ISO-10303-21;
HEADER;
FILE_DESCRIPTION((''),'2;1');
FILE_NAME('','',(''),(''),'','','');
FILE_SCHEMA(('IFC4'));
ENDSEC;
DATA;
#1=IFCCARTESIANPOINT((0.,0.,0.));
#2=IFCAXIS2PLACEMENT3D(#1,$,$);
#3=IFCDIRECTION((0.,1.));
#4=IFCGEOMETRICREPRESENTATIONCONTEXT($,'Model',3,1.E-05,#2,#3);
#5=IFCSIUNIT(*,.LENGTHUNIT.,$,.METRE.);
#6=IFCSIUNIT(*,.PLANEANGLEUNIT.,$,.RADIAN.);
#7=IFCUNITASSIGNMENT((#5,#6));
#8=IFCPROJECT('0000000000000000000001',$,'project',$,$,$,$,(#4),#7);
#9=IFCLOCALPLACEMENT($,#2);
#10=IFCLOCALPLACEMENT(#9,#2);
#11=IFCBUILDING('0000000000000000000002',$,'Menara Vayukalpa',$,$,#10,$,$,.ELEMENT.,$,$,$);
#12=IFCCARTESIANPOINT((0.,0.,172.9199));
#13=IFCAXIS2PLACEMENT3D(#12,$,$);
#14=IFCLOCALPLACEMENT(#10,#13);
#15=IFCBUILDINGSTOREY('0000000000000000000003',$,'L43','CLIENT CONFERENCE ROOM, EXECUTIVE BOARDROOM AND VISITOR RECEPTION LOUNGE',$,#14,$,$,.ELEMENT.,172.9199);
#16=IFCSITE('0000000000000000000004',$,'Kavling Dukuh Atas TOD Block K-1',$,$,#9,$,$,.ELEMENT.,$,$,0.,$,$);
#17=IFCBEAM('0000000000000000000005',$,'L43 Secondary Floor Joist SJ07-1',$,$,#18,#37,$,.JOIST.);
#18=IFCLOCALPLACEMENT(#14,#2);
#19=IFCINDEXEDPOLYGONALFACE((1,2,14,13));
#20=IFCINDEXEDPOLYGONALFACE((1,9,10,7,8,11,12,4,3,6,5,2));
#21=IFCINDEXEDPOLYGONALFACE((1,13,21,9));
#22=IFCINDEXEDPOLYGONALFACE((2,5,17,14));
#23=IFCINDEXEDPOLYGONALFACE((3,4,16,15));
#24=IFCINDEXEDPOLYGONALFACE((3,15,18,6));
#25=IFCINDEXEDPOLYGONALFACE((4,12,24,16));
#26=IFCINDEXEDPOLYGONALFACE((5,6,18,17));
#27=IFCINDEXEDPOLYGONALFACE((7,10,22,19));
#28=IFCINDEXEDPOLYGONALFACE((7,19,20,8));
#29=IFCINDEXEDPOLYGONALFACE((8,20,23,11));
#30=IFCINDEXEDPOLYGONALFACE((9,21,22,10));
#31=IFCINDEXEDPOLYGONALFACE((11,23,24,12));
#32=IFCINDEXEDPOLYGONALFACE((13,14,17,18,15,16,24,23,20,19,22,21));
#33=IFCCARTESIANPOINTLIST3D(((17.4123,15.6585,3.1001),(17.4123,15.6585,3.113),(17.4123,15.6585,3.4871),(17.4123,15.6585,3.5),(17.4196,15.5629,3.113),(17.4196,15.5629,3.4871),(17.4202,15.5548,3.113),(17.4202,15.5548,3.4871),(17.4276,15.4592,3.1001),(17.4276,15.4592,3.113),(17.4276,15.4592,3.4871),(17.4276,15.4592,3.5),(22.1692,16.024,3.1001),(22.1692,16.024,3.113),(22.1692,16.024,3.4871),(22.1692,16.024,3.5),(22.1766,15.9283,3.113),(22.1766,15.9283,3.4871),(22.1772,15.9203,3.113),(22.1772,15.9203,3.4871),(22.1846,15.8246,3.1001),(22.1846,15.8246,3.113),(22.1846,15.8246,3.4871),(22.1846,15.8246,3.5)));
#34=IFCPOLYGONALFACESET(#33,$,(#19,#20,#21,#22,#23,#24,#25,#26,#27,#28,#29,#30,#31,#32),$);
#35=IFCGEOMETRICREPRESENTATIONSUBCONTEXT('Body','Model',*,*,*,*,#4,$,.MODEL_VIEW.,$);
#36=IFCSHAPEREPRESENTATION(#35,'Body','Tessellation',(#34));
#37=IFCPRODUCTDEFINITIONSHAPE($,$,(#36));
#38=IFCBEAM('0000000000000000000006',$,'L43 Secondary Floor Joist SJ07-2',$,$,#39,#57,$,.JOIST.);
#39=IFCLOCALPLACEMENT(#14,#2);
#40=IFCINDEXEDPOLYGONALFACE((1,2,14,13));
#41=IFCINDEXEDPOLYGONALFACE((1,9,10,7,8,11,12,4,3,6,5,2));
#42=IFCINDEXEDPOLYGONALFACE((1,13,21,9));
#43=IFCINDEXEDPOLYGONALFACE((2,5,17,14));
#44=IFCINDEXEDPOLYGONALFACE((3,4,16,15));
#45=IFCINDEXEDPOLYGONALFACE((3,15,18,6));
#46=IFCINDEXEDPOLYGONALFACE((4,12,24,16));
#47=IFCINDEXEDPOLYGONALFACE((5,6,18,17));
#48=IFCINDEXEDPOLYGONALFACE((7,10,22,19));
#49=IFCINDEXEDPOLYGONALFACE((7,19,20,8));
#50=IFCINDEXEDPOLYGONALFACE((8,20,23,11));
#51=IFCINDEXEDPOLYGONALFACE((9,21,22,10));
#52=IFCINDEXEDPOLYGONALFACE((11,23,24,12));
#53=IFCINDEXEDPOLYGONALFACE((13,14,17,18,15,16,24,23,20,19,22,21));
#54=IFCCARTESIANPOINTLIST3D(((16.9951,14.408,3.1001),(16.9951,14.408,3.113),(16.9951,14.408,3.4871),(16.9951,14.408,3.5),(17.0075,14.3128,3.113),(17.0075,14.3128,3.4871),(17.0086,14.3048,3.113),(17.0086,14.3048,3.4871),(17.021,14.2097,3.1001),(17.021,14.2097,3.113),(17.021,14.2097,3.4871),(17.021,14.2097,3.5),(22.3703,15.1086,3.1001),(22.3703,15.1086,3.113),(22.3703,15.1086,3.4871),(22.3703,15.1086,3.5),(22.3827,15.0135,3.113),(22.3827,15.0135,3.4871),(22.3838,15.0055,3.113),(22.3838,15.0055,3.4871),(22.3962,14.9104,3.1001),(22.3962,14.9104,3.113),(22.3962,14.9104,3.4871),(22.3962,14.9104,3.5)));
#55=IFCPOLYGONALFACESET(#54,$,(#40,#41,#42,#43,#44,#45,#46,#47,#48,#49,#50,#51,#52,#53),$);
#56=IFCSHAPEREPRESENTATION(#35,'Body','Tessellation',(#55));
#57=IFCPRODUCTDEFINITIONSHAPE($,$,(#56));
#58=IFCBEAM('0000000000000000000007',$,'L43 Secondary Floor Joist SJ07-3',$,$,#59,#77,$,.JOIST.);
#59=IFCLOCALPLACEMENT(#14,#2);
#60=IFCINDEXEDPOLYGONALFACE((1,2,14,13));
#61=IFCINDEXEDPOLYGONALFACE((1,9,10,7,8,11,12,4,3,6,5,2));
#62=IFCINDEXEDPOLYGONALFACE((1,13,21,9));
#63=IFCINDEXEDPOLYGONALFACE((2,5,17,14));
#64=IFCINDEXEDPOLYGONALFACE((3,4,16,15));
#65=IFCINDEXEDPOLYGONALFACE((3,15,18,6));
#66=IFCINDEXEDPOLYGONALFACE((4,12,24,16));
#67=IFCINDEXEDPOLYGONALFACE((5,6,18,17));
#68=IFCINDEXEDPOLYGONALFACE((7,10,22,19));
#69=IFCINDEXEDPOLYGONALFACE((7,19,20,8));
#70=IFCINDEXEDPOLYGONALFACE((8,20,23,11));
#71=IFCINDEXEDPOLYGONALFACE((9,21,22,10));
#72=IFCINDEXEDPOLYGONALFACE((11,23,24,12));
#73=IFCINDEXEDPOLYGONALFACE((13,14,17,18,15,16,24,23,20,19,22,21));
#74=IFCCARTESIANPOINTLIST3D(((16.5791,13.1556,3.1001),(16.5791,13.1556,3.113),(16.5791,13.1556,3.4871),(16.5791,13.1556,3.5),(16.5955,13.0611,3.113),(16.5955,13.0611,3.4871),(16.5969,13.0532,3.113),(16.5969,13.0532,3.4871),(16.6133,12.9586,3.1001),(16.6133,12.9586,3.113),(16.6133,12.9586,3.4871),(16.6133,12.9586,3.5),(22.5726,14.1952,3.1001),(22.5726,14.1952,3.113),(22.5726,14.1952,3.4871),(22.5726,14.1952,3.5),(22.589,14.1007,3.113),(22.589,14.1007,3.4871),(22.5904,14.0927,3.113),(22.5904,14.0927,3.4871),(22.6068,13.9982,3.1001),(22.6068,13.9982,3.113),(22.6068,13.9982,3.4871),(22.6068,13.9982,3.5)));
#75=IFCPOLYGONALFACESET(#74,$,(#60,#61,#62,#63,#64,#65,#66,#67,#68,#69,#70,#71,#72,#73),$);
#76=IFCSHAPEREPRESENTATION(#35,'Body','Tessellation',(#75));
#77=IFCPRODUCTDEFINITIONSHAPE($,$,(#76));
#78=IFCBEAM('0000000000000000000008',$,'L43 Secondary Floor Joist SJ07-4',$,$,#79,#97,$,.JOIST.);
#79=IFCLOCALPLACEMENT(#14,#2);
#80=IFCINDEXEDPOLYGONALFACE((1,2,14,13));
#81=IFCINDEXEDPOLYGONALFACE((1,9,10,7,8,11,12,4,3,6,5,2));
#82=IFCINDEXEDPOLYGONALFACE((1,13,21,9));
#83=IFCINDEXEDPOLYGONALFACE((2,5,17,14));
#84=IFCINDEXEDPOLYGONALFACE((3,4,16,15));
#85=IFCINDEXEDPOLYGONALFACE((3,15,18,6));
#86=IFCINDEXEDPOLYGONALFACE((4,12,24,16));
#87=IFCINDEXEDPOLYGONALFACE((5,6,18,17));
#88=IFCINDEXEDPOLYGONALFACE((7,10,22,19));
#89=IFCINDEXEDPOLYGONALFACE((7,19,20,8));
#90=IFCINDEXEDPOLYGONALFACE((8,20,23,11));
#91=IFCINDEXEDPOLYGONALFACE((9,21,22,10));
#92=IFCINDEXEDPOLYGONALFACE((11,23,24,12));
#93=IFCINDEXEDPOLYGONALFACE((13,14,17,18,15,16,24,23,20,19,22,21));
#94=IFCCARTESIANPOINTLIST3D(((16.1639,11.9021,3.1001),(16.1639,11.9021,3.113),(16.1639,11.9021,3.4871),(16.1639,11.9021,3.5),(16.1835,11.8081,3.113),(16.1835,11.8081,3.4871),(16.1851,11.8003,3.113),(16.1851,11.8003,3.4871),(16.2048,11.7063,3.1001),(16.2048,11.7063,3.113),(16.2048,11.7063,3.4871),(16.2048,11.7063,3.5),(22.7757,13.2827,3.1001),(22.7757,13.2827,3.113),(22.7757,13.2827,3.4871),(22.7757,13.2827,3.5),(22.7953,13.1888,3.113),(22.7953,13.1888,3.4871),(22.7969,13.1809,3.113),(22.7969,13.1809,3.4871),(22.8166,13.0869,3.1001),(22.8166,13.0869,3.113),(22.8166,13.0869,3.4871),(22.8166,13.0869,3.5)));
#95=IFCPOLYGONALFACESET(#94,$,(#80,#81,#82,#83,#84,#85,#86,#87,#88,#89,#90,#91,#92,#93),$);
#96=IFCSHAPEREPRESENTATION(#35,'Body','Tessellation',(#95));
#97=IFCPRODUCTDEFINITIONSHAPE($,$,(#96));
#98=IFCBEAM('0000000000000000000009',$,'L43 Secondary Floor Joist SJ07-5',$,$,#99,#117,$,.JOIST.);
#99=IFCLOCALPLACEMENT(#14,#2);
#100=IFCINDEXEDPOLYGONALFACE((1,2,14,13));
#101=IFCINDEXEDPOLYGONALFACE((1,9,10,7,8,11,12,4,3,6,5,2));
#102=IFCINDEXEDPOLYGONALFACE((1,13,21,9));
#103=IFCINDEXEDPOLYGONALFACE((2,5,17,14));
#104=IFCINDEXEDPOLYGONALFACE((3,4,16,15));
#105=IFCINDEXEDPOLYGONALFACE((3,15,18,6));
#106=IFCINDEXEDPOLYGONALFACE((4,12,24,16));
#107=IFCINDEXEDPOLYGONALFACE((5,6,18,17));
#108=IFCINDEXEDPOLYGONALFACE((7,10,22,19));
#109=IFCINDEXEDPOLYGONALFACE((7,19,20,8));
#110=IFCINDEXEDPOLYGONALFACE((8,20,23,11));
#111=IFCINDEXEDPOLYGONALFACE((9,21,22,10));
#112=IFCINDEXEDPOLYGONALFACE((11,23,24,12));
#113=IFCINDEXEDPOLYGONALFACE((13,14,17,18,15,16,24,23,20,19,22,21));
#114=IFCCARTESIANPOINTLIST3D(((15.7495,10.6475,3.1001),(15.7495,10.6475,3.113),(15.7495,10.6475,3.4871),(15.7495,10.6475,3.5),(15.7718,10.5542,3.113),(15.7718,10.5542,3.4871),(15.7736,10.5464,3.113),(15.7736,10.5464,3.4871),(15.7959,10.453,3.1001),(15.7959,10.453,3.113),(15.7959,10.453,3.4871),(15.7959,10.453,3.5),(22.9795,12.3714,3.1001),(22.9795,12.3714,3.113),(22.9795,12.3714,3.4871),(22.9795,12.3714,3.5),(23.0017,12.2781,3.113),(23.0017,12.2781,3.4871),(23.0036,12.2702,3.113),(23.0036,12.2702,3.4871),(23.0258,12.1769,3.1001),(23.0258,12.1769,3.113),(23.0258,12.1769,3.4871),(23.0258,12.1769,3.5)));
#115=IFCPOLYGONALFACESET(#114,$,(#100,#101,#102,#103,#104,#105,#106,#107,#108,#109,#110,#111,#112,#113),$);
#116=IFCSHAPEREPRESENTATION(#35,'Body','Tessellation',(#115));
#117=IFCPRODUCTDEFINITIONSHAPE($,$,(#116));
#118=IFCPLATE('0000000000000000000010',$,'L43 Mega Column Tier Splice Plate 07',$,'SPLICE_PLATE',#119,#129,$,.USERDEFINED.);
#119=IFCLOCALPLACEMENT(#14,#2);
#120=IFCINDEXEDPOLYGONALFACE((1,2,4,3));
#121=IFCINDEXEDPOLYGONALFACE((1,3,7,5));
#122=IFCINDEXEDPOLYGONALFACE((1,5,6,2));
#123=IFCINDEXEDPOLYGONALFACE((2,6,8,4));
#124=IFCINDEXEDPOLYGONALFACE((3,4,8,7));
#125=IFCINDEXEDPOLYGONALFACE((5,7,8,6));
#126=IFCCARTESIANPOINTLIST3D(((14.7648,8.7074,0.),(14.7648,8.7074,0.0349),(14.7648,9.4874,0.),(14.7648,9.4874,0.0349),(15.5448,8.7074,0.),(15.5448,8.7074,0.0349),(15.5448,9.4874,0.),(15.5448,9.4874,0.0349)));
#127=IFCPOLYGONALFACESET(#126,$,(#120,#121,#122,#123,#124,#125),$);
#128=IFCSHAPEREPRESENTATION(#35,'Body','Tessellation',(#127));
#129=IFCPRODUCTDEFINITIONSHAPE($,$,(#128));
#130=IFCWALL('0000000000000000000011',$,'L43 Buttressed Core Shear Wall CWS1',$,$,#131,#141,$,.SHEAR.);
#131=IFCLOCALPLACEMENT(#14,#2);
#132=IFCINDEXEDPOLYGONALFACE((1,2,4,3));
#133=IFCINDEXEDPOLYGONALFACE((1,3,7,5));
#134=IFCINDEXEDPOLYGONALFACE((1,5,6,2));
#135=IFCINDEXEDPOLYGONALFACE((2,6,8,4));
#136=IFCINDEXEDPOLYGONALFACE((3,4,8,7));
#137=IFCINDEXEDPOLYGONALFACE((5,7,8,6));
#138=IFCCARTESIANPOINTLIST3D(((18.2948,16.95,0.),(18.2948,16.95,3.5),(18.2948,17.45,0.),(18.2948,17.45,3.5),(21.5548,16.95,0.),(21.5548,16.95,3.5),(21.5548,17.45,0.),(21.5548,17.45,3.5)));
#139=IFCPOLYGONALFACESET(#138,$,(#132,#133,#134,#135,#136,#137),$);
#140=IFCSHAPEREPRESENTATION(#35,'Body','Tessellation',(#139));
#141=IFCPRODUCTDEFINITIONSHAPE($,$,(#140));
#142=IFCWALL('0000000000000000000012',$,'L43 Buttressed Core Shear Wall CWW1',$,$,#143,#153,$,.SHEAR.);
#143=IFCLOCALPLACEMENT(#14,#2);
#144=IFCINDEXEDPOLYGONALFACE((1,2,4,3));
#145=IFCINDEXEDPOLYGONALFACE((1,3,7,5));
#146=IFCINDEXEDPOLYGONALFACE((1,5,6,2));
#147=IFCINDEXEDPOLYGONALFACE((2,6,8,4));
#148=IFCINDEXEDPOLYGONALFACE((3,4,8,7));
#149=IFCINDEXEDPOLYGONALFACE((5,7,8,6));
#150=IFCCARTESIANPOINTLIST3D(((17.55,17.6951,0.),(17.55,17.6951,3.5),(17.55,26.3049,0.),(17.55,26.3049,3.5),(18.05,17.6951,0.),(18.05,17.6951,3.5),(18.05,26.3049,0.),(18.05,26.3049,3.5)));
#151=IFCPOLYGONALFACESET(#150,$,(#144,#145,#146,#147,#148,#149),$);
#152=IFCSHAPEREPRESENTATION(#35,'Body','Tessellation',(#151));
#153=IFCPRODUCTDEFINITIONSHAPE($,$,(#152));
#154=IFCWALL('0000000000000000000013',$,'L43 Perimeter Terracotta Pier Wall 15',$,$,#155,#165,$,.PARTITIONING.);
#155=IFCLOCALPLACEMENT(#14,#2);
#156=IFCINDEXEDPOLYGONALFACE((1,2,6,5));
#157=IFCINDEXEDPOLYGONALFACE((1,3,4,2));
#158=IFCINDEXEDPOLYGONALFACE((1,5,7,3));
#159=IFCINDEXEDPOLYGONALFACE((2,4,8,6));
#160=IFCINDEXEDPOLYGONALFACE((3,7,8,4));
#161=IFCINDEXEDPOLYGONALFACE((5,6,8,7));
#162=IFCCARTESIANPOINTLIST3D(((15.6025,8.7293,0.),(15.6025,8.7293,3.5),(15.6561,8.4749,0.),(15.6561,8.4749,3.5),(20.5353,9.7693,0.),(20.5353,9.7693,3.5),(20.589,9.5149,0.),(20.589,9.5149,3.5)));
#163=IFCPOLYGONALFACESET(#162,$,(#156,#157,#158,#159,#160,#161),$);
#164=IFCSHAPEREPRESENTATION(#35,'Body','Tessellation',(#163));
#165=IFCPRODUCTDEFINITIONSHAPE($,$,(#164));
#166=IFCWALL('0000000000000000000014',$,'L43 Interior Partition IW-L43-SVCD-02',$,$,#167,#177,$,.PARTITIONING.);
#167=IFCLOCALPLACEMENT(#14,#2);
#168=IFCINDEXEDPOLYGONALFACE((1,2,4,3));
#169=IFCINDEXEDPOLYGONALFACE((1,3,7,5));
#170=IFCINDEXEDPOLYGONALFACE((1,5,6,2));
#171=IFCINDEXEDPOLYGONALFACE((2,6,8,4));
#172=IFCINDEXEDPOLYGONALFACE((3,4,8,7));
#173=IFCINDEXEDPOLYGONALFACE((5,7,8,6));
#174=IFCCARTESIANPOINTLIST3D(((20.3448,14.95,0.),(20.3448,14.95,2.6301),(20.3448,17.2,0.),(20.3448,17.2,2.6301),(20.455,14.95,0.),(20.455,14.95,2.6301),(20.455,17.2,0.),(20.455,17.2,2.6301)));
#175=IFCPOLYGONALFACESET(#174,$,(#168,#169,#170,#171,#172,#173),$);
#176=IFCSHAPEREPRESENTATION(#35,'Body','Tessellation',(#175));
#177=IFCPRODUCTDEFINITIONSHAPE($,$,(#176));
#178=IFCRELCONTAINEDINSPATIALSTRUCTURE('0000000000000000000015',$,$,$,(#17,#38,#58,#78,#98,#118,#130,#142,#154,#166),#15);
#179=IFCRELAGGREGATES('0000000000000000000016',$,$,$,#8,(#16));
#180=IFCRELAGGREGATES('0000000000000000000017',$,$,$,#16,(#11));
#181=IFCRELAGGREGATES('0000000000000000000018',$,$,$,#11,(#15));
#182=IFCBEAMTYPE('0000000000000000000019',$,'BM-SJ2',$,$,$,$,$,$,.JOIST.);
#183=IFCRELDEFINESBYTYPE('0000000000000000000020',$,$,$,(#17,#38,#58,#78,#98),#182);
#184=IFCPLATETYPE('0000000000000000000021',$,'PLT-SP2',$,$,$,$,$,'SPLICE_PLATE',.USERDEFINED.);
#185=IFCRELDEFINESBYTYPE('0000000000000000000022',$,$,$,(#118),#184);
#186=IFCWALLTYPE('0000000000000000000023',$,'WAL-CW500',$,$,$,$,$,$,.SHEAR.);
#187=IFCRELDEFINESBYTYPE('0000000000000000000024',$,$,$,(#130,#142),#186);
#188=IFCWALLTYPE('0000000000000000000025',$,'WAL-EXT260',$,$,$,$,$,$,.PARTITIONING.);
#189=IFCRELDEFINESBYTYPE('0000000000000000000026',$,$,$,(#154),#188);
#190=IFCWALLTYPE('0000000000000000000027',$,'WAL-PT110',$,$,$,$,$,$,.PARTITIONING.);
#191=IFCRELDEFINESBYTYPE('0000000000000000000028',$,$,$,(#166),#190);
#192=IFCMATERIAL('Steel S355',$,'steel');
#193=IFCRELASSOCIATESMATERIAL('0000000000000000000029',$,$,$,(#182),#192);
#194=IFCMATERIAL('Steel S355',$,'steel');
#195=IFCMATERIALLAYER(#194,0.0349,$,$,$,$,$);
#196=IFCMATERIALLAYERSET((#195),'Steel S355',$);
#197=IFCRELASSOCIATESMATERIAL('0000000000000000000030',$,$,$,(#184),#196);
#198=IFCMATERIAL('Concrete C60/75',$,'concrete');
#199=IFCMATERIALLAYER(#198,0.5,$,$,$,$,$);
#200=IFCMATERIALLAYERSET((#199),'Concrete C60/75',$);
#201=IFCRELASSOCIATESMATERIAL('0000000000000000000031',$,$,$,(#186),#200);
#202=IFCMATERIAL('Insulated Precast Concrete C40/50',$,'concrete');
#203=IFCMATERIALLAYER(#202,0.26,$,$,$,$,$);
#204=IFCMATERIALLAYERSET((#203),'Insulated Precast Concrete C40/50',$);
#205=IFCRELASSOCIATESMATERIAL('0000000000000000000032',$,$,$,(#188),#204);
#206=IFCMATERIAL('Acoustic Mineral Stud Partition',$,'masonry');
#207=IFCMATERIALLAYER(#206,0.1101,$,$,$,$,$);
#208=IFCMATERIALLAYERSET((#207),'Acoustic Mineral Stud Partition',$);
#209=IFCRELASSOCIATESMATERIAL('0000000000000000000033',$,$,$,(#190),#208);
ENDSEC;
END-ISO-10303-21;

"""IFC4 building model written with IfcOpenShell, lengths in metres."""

from ifc_helpers import new_model, si_unit, direction, frame, frame_2d, origin, origin_2d, place, context, subcontext, project, spatial, rectangle, i_section, extrude, material, layer, layer_set, material_profile, profile_set, type_object, element, save


model = new_model("IFC4")

# Units and contexts
model_context = context("Model", 3, precision=1e-05, world=origin(), true_north=direction((0.0, 1.0)))
body_context = subcontext(model_context, "Body", "Model", "MODEL_VIEW")
ifc_project = project(units=[si_unit("LENGTHUNIT", "METRE"), si_unit("PLANEANGLEUNIT", "RADIAN")], contexts=[model_context])

# Site, building, storey
site_placement = place(None, origin())
site = spatial("IfcSite", under=ifc_project, at=site_placement, Name="Kavling Dukuh Atas TOD Block K-1", CompositionType="ELEMENT", RefElevation=0.0)
building_placement = place(site_placement, origin())
building = spatial("IfcBuilding", under=site, at=building_placement, Name="Menara Vayukalpa", CompositionType="ELEMENT")
storey_placement = place(building_placement, frame((0.0, 0.0, 172.9199)))
storey = spatial("IfcBuildingStorey", under=building, at=storey_placement, Name="L43", Description="CLIENT CONFERENCE ROOM, EXECUTIVE BOARDROOM AND VISITOR RECEPTION LOUNGE", CompositionType="ELEMENT", Elevation=172.9199)

# Beams
ifc_material_1 = material(Name="Steel S355", Category="steel")
ifc_material_profile_1 = material_profile(ifc_material_1, i_section(OverallWidth=0.2, OverallDepth=0.3999, WebThickness=0.0081, FlangeThickness=0.0129, at=origin_2d()), Name="WF 400x200x8x13")
ifc_profile_set_1 = profile_set([ifc_material_profile_1], Name="Steel S355")
beam_type_1 = type_object("IfcBeamType", Name="BM-SJ2", PredefinedType="JOIST", material=ifc_profile_set_1)
beam_1_placement = place(storey_placement, frame((17.4199, 15.5588, 3.3), z_axis=(0.997062, 0.076603, 0.0), x_axis=(-0.076603, 0.997062, 0.0)))
element("IfcBeam", 1, at=beam_1_placement, inside=storey, type_object=beam_type_1, Name="L43 Secondary Floor Joist SJ07-1", PredefinedType="JOIST", context=body_context, shape_type="SweptSolid", body=[
    extrude(i_section(OverallWidth=0.2, OverallDepth=0.3999, WebThickness=0.0081, FlangeThickness=0.0129, at=origin_2d()), origin(), (0.0, 0.0, 1.0), 4.771),
])
beam_2_placement = place(storey_placement, frame((17.0081, 14.3088, 3.3), z_axis=(0.991611, 0.12926, 0.0), x_axis=(-0.12926, 0.991611, 0.0)))
element("IfcBeam", 2, at=beam_2_placement, inside=storey, type_object=beam_type_1, Name="L43 Secondary Floor Joist SJ07-2", PredefinedType="JOIST", context=body_context, shape_type="SweptSolid", body=[
    extrude(i_section(OverallWidth=0.2, OverallDepth=0.3999, WebThickness=0.0081, FlangeThickness=0.0129, at=origin_2d()), origin(), (0.0, 0.0, 1.0), 5.4207),
])
beam_3_placement = place(storey_placement, frame((16.5962, 13.0571, 3.3), z_axis=(0.985289, 0.170897, 0.0), x_axis=(-0.170897, 0.985289, 0.0)))
element("IfcBeam", 3, at=beam_3_placement, inside=storey, type_object=beam_type_1, Name="L43 Secondary Floor Joist SJ07-3", PredefinedType="JOIST", context=body_context, shape_type="SweptSolid", body=[
    extrude(i_section(OverallWidth=0.2, OverallDepth=0.3999, WebThickness=0.0081, FlangeThickness=0.0129, at=origin_2d()), origin(), (0.0, 0.0, 1.0), 6.083),
])
beam_4_placement = place(storey_placement, frame((16.1843, 11.8042, 3.3), z_axis=(0.978887, 0.204402, 0.0), x_axis=(-0.204402, 0.978887, 0.0)))
element("IfcBeam", 4, at=beam_4_placement, inside=storey, type_object=beam_type_1, Name="L43 Secondary Floor Joist SJ07-4", PredefinedType="JOIST", context=body_context, shape_type="SweptSolid", body=[
    extrude(i_section(OverallWidth=0.2, OverallDepth=0.3999, WebThickness=0.0081, FlangeThickness=0.0129, at=origin_2d()), origin(), (0.0, 0.0, 1.0), 6.7544),
])
beam_5_placement = place(storey_placement, frame((15.7727, 10.5503, 3.3), z_axis=(0.972732, 0.231933, 0.0), x_axis=(-0.231933, 0.972732, 0.0)))
element("IfcBeam", 5, at=beam_5_placement, inside=storey, type_object=beam_type_1, Name="L43 Secondary Floor Joist SJ07-5", PredefinedType="JOIST", context=body_context, shape_type="SweptSolid", body=[
    extrude(i_section(OverallWidth=0.2, OverallDepth=0.3999, WebThickness=0.0081, FlangeThickness=0.0129, at=origin_2d()), origin(), (0.0, 0.0, 1.0), 7.4326),
])

# Plate
ifc_material_2 = material(Name="Steel S355", Category="steel")
ifc_layer_1 = layer(ifc_material_2, 0.0349)
ifc_layer_set_1 = layer_set([ifc_layer_1], Name="Steel S355")
plate_type = type_object("IfcPlateType", Name="PLT-SP2", ElementType="SPLICE_PLATE", PredefinedType="USERDEFINED", material=ifc_layer_set_1)
plate_placement = place(storey_placement, frame((15.1548, 9.0974, 0.0), z_axis=(0.0, 0.0, 1.0), x_axis=(1.0, 0.0, 0.0)))
element("IfcPlate", 6, at=plate_placement, inside=storey, type_object=plate_type, Name="L43 Mega Column Tier Splice Plate 07", ObjectType="SPLICE_PLATE", PredefinedType="USERDEFINED", context=body_context, shape_type="SweptSolid", body=[
    extrude(rectangle(XDim=0.78, YDim=0.78, at=origin_2d()), origin(), (0.0, 0.0, 1.0), 0.0349),
])

# Walls
ifc_material_3 = material(Name="Concrete C60/75", Category="concrete")
ifc_layer_2 = layer(ifc_material_3, 0.5)
ifc_layer_set_2 = layer_set([ifc_layer_2], Name="Concrete C60/75")
wall_type_1 = type_object("IfcWallType", Name="WAL-CW500", PredefinedType="SHEAR", material=ifc_layer_set_2)
wall_1_placement = place(storey_placement, frame((18.2949, 17.2, 0.0), z_axis=(0.0, 0.0, 1.0), x_axis=(1.0, 0.0, 0.0)))
element("IfcWall", 7, at=wall_1_placement, inside=storey, type_object=wall_type_1, Name="L43 Buttressed Core Shear Wall CWS1", PredefinedType="SHEAR", context=body_context, shape_type="SweptSolid", body=[
    extrude(rectangle(XDim=3.26, YDim=0.5, at=frame_2d((1.6299, 0.0))), origin(), (0.0, 0.0, 1.0), 3.5),
])
wall_2_placement = place(storey_placement, frame((17.8, 17.6951, 0.0), z_axis=(0.0, 0.0, 1.0), x_axis=(0.0, 1.0, 0.0)))
element("IfcWall", 8, at=wall_2_placement, inside=storey, type_object=wall_type_1, Name="L43 Buttressed Core Shear Wall CWW1", PredefinedType="SHEAR", context=body_context, shape_type="SweptSolid", body=[
    extrude(rectangle(XDim=8.6099, YDim=0.5, at=frame_2d((4.3049, 0.0))), origin(), (0.0, 0.0, 1.0), 3.5),
])
ifc_material_4 = material(Name="Insulated Precast Concrete C40/50", Category="concrete")
ifc_layer_3 = layer(ifc_material_4, 0.26)
ifc_layer_set_3 = layer_set([ifc_layer_3], Name="Insulated Precast Concrete C40/50")
wall_type_2 = type_object("IfcWallType", Name="WAL-EXT260", PredefinedType="PARTITIONING", material=ifc_layer_set_3)
wall_3_placement = place(storey_placement, frame((20.562, 9.6421, 0.0), z_axis=(0.0, 0.0, 1.0), x_axis=(-0.978488, -0.206303, 0.0)))
element("IfcWall", 9, at=wall_3_placement, inside=storey, type_object=wall_type_2, Name="L43 Perimeter Terracotta Pier Wall 15", PredefinedType="PARTITIONING", context=body_context, shape_type="SweptSolid", body=[
    extrude(rectangle(XDim=5.0413, YDim=0.26, at=frame_2d((2.5205, 0.0))), origin(), (0.0, 0.0, 1.0), 3.5),
])
ifc_material_5 = material(Name="Acoustic Mineral Stud Partition", Category="masonry")
ifc_layer_4 = layer(ifc_material_5, 0.1101)
ifc_layer_set_4 = layer_set([ifc_layer_4], Name="Acoustic Mineral Stud Partition")
wall_type_3 = type_object("IfcWallType", Name="WAL-PT110", PredefinedType="PARTITIONING", material=ifc_layer_set_4)
wall_4_placement = place(storey_placement, frame((20.3999, 14.95, 0.0), z_axis=(0.0, 0.0, 1.0), x_axis=(0.0, 1.0, 0.0)))
element("IfcWall", 10, at=wall_4_placement, inside=storey, type_object=wall_type_3, Name="L43 Interior Partition IW-L43-SVCD-02", PredefinedType="PARTITIONING", context=body_context, shape_type="SweptSolid", body=[
    extrude(rectangle(XDim=2.25, YDim=0.1101, at=frame_2d((1.125, 0.0))), origin(), (0.0, 0.0, 1.0), 2.6301),
])

save(model, "model.ifc")
